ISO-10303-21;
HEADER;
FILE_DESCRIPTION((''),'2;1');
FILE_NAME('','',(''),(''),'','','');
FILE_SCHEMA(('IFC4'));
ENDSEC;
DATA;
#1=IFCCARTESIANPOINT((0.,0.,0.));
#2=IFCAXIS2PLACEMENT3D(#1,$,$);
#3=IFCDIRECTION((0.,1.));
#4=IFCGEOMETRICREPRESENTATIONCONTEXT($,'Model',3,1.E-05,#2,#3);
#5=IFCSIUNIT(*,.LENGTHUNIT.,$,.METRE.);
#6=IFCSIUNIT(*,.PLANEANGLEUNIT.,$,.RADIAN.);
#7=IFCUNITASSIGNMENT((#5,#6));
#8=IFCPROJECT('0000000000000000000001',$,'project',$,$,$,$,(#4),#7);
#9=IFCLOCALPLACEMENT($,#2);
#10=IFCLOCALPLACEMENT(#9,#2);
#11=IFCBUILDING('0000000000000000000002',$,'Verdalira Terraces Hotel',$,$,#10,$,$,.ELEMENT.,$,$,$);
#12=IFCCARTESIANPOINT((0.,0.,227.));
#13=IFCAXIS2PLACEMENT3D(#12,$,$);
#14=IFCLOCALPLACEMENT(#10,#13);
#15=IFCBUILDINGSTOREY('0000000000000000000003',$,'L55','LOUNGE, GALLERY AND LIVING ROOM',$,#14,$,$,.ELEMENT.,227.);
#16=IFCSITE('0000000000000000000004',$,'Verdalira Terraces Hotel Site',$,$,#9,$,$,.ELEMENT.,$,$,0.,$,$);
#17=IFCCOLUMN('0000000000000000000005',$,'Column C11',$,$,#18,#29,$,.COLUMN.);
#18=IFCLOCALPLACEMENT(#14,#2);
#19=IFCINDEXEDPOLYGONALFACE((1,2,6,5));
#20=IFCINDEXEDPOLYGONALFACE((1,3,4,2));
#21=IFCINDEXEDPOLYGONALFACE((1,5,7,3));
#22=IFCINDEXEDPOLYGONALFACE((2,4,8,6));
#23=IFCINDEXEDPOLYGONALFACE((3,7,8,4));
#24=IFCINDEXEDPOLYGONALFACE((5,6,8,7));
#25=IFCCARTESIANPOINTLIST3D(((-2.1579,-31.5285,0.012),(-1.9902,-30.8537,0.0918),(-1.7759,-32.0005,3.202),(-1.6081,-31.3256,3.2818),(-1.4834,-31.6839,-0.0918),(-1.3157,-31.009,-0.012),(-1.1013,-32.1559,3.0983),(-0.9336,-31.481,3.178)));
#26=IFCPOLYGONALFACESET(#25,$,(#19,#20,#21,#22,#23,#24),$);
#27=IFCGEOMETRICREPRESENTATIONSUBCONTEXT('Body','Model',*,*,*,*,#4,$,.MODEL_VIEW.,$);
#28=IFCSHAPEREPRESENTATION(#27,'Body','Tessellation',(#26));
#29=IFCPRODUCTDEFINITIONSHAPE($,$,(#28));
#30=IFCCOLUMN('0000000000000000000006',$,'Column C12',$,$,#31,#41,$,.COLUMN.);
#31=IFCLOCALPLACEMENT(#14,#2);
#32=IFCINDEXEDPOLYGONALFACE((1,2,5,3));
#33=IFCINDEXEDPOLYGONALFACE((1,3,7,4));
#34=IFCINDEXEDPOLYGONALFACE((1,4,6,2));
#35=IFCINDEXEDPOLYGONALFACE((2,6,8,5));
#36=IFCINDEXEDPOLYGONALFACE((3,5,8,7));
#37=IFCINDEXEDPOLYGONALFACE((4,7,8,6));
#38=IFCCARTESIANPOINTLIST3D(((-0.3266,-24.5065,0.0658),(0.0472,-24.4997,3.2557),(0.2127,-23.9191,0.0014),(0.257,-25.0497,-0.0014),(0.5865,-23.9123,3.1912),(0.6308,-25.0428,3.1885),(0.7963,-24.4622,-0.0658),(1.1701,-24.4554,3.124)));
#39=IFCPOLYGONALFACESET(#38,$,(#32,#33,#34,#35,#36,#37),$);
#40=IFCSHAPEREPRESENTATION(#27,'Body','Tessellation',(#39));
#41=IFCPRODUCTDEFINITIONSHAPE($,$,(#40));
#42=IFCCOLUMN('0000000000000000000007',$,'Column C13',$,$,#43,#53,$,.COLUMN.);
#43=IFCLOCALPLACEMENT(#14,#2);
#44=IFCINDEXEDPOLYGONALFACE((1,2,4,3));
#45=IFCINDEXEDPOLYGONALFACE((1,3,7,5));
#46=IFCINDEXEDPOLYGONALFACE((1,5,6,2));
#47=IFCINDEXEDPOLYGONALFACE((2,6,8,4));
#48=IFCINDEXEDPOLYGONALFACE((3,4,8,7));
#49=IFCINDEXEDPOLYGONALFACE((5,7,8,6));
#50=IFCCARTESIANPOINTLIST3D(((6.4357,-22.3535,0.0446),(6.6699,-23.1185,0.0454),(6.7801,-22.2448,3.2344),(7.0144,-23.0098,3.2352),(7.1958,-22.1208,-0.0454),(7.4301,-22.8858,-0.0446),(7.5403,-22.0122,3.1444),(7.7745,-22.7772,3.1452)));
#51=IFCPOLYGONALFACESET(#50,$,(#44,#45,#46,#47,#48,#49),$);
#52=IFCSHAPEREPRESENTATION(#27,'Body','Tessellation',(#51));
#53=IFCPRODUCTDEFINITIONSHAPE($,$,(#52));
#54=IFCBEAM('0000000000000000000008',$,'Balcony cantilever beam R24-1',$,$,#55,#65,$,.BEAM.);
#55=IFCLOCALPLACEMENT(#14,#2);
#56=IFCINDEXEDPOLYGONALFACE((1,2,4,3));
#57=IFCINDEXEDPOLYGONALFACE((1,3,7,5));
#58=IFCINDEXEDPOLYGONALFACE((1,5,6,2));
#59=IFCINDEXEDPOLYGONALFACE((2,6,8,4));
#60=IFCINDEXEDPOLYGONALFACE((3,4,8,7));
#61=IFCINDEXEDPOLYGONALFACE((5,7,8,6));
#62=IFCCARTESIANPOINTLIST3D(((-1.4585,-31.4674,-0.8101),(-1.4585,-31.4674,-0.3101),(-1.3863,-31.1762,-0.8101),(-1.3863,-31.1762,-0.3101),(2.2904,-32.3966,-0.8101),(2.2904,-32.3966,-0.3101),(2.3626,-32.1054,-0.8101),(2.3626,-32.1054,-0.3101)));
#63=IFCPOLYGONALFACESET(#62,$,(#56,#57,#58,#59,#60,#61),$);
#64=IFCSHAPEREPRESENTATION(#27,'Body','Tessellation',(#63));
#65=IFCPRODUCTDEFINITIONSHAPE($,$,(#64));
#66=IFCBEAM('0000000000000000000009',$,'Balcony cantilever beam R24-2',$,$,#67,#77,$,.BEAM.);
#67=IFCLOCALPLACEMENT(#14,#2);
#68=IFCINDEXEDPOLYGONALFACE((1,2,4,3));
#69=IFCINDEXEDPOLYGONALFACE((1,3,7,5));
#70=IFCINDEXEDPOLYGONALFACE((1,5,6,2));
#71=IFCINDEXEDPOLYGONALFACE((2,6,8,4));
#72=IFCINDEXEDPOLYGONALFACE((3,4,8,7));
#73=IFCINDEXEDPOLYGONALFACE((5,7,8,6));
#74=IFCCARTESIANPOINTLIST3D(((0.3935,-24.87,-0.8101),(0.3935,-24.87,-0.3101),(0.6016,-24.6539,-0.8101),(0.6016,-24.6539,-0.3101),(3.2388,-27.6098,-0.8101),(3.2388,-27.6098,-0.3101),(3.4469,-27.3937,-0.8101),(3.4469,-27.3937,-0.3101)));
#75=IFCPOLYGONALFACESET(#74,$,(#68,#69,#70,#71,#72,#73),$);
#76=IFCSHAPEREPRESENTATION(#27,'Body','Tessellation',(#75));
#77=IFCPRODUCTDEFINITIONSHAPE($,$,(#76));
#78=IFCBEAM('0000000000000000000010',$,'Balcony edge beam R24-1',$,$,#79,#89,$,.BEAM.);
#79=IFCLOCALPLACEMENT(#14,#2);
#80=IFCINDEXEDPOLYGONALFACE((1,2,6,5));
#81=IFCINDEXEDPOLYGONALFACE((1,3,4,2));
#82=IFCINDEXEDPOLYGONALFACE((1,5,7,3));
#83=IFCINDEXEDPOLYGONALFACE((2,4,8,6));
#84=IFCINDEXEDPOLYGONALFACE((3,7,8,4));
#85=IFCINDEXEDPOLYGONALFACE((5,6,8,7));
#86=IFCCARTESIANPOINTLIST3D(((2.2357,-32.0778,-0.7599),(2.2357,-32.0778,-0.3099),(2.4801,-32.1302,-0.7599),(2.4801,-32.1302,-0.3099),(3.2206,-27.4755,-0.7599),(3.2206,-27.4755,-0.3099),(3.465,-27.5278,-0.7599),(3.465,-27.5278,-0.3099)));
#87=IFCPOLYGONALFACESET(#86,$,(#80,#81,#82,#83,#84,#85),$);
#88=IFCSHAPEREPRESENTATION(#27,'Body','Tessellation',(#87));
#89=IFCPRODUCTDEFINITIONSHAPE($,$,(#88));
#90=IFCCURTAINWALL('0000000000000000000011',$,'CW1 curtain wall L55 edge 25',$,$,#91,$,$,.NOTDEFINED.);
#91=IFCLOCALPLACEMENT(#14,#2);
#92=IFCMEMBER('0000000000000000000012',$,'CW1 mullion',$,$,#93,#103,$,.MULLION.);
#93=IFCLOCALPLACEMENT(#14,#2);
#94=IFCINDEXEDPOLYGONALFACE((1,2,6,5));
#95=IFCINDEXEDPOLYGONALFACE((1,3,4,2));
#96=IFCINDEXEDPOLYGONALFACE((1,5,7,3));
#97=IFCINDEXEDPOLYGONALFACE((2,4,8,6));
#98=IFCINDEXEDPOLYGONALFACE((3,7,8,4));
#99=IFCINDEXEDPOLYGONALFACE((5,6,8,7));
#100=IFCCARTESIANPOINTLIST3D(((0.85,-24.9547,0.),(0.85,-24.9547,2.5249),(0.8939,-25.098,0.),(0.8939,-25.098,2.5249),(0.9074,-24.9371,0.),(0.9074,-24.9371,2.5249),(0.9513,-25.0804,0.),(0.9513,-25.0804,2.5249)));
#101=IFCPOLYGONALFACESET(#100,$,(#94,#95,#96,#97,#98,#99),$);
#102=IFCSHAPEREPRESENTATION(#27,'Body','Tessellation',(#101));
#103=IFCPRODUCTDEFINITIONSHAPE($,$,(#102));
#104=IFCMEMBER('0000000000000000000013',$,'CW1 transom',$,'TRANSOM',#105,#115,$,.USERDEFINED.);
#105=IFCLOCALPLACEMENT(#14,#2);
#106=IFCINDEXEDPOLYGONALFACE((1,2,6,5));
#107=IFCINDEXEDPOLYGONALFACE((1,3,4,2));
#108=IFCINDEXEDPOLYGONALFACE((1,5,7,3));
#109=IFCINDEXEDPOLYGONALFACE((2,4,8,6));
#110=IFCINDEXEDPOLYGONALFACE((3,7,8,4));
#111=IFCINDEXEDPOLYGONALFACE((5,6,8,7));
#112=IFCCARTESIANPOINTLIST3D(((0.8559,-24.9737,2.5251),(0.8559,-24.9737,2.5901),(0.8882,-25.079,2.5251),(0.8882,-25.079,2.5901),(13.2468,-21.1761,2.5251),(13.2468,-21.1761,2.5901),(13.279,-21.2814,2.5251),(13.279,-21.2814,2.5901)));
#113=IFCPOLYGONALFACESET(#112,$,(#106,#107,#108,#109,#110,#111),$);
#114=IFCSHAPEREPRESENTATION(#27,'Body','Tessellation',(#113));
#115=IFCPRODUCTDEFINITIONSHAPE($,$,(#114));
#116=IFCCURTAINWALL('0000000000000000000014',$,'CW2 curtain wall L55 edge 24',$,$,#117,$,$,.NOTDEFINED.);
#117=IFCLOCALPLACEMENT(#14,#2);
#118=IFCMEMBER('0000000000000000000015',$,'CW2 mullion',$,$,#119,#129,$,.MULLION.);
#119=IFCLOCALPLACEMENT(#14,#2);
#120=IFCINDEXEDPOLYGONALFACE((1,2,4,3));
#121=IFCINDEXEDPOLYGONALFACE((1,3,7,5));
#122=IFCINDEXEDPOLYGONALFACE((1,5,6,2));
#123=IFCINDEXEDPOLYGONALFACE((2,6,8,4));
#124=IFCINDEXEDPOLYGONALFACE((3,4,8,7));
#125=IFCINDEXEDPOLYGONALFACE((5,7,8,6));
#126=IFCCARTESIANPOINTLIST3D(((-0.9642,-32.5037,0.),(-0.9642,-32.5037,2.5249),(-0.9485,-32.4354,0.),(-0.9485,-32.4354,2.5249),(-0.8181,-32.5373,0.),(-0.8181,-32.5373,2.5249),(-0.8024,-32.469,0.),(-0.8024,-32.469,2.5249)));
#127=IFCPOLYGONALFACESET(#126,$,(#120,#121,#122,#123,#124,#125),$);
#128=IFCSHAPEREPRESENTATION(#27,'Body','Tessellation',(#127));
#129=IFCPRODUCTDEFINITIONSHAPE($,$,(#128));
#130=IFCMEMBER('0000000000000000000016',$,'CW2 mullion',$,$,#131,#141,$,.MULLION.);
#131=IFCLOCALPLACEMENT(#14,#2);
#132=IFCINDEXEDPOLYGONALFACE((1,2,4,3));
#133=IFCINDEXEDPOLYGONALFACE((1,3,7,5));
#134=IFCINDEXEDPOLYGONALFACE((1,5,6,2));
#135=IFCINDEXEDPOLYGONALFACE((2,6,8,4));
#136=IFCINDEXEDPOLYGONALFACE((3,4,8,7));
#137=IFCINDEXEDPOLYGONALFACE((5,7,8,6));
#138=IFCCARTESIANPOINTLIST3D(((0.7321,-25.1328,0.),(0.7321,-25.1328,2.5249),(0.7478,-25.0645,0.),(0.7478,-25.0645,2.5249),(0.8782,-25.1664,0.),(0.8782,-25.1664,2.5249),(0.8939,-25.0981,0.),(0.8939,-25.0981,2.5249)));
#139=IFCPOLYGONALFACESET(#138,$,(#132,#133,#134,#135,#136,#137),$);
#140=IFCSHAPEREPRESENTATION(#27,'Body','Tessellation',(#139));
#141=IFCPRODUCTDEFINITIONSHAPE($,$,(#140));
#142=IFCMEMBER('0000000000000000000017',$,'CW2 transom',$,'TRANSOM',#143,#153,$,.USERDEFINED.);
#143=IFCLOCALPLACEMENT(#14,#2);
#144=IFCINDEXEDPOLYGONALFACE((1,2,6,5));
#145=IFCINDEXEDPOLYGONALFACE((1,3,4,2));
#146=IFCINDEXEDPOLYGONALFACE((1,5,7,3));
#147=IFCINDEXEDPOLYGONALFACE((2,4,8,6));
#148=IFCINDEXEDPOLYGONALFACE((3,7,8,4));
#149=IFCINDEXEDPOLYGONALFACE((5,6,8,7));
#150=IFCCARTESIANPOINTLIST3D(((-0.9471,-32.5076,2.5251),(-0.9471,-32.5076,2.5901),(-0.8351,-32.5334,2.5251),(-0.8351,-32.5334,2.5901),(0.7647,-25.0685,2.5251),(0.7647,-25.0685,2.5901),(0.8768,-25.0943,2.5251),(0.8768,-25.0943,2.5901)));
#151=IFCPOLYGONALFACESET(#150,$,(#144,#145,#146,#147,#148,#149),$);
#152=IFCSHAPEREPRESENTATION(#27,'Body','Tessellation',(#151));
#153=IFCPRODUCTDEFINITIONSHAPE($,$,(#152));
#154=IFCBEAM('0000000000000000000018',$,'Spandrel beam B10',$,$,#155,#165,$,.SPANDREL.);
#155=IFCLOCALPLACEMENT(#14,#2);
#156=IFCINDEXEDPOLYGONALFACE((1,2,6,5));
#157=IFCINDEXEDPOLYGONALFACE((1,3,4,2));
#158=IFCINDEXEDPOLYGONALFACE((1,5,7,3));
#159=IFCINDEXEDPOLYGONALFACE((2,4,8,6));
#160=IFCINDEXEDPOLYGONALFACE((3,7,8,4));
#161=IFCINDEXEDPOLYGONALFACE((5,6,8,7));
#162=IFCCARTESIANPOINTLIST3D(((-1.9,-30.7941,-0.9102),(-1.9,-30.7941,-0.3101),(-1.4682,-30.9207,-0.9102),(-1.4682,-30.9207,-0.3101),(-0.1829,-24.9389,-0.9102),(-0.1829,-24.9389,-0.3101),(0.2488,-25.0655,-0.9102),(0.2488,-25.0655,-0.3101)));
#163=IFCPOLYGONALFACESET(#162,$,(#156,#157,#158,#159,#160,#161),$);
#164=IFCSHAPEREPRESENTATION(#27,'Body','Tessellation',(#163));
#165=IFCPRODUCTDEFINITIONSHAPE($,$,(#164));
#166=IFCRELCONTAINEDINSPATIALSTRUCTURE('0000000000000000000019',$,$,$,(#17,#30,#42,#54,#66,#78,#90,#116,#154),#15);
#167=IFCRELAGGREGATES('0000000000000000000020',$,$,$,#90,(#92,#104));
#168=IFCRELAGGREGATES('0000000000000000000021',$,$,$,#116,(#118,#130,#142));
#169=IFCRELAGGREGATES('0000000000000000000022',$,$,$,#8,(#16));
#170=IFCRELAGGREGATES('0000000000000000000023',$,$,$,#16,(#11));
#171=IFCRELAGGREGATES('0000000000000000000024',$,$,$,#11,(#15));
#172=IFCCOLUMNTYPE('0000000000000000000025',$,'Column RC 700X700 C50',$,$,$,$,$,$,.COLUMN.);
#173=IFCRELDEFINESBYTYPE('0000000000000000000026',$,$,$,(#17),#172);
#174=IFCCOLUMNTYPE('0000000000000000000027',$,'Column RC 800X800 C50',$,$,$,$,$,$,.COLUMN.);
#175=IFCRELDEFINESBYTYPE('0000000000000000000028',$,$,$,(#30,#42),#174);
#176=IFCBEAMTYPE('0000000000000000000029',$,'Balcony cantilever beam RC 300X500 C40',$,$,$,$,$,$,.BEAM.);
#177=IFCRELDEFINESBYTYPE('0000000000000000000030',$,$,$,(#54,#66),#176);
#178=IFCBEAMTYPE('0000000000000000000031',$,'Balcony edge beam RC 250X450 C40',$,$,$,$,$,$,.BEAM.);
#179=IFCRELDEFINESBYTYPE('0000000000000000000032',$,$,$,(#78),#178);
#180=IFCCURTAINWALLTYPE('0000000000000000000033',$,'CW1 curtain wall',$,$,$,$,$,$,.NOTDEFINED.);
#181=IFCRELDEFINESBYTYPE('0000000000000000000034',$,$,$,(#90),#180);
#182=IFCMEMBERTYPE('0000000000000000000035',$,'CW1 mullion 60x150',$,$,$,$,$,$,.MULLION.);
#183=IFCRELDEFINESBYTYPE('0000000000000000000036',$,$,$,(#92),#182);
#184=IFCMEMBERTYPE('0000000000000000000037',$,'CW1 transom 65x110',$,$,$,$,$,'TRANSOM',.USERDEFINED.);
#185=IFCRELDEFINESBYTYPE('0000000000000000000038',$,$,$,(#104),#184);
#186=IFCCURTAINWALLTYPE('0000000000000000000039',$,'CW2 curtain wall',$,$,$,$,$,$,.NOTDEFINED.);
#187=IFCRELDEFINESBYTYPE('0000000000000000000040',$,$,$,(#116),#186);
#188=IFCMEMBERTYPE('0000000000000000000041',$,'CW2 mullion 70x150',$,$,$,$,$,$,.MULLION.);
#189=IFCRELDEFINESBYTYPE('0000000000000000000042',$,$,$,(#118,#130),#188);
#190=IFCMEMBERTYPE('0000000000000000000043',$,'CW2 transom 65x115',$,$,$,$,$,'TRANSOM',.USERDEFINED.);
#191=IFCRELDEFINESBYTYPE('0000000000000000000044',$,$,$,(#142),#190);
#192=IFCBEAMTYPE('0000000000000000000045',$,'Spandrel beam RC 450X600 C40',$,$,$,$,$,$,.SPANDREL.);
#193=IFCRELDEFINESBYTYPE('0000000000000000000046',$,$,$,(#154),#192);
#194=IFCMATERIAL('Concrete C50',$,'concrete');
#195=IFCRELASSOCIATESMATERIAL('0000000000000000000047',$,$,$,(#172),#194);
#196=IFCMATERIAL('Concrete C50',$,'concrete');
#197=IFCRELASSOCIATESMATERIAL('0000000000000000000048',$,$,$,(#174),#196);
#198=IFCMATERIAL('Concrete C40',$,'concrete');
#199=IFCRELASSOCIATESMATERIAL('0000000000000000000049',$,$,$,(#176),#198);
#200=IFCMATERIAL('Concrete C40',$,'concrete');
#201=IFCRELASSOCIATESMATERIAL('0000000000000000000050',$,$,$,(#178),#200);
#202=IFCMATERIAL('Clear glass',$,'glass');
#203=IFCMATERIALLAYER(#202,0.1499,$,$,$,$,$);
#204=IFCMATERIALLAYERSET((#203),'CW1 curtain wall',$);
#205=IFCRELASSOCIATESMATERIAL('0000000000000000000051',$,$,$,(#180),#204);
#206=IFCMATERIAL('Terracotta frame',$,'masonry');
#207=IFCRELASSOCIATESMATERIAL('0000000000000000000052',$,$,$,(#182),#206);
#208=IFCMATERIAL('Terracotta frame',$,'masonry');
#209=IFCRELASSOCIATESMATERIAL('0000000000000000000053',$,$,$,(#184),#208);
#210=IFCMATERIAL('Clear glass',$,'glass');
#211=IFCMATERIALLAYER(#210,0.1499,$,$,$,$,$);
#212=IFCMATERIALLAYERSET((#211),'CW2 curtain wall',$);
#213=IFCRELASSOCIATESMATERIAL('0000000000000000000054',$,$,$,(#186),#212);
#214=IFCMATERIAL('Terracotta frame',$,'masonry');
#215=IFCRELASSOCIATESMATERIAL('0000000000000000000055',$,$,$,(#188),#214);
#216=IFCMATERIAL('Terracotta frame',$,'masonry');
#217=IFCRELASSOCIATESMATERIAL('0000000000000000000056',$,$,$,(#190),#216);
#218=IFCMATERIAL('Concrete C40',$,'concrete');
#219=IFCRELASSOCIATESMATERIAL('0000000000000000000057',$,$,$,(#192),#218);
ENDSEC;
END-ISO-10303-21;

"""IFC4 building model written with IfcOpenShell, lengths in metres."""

from ifc_helpers import new_model, si_unit, direction, frame, origin, origin_2d, place, context, subcontext, project, spatial, rectangle, extrude, material, layer, layer_set, material_profile, profile_set, type_object, element, aggregate, save


model = new_model("IFC4")

# Units and contexts
model_context = context("Model", 3, precision=1e-05, world=origin(), true_north=direction((0.0, 1.0)))
body_context = subcontext(model_context, "Body", "Model", "MODEL_VIEW")
ifc_project = project(units=[si_unit("LENGTHUNIT", "METRE"), si_unit("PLANEANGLEUNIT", "RADIAN")], contexts=[model_context])

# Site, building, storey
site_placement = place(None, origin())
site = spatial("IfcSite", under=ifc_project, at=site_placement, Name="Verdalira Terraces Hotel Site", CompositionType="ELEMENT", RefElevation=0.0)
building_placement = place(site_placement, origin())
building = spatial("IfcBuilding", under=site, at=building_placement, Name="Verdalira Terraces Hotel", CompositionType="ELEMENT")
storey_placement = place(building_placement, frame((0.0, 0.0, 227.0)))
storey = spatial("IfcBuildingStorey", under=building, at=storey_placement, Name="L55", Description="LOUNGE, GALLERY AND LIVING ROOM", CompositionType="ELEMENT", Elevation=227.0)

# Columns
ifc_material_1 = material(Name="Concrete C50", Category="concrete")
ifc_material_profile_1 = material_profile(ifc_material_1, rectangle(XDim=0.7, YDim=0.7, at=origin_2d()), Name="RC 700X700")
ifc_profile_set_1 = profile_set([ifc_material_profile_1], Name="Concrete C50")
column_type_1 = type_object("IfcColumnType", Name="Column RC 700X700 C50", PredefinedType="COLUMN", material=ifc_profile_set_1)
column_1_placement = place(storey_placement, frame((-1.7368, -31.2688, 0.0), z_axis=(0.117664, -0.145332, 0.982361), x_axis=(0.239602, 0.964162, 0.113941)))
element("IfcColumn", 1, at=column_1_placement, inside=storey, type_object=column_type_1, Name="Column C11", PredefinedType="COLUMN", context=body_context, shape_type="SweptSolid", body=[
    extrude(rectangle(XDim=0.7, YDim=0.7, at=origin_2d()), origin(), (0.0, 0.0, 1.0), 3.2473),
])
ifc_material_2 = material(Name="Concrete C50", Category="concrete")
ifc_material_profile_2 = material_profile(ifc_material_2, rectangle(XDim=0.8, YDim=0.8, at=origin_2d()), Name="RC 800X800")
ifc_profile_set_2 = profile_set([ifc_material_profile_2], Name="Concrete C50")
column_type_2 = type_object("IfcColumnType", Name="Column RC 800X800 C50", PredefinedType="COLUMN", material=ifc_profile_set_2)
column_2_placement = place(storey_placement, frame((0.2349, -24.4844, 0.0), z_axis=(0.116378, 0.002128, 0.993203), x_axis=(-0.674053, -0.734277, 0.080555)))
element("IfcColumn", 2, at=column_2_placement, inside=storey, type_object=column_type_2, Name="Column C12", PredefinedType="COLUMN", context=body_context, shape_type="SweptSolid", body=[
    extrude(rectangle(XDim=0.8, YDim=0.8, at=origin_2d()), origin(), (0.0, 0.0, 1.0), 3.2117),
])
column_3_placement = place(storey_placement, frame((6.9329, -22.6196, 0.0), z_axis=(0.107304, 0.033842, 0.99365), x_axis=(0.950141, 0.290814, -0.11251)))
element("IfcColumn", 3, at=column_3_placement, inside=storey, type_object=column_type_2, Name="Column C13", PredefinedType="COLUMN", context=body_context, shape_type="SweptSolid", body=[
    extrude(rectangle(XDim=0.8, YDim=0.8, at=origin_2d()), origin(), (0.0, 0.0, 1.0), 3.2102),
])

# Beams
ifc_material_3 = material(Name="Concrete C40", Category="concrete")
ifc_material_profile_3 = material_profile(ifc_material_3, rectangle(XDim=0.3, YDim=0.5, at=origin_2d()), Name="RC 300X500")
ifc_profile_set_3 = profile_set([ifc_material_profile_3], Name="Concrete C40")
beam_type_1 = type_object("IfcBeamType", Name="Balcony cantilever beam RC 300X500 C40", PredefinedType="BEAM", material=ifc_profile_set_3)
beam_1_placement = place(storey_placement, frame((-1.4224, -31.3218, -0.5601), z_axis=(0.970628, -0.240587, 0.0), x_axis=(0.240587, 0.970628, 0.0)))
element("IfcBeam", 4, at=beam_1_placement, inside=storey, type_object=beam_type_1, Name="Balcony cantilever beam R24-1", PredefinedType="BEAM", context=body_context, shape_type="SweptSolid", body=[
    extrude(rectangle(XDim=0.3, YDim=0.5, at=origin_2d()), origin(), (0.0, 0.0, 1.0), 3.8623),
])
beam_2_placement = place(storey_placement, frame((0.4976, -24.762, -0.5601), z_axis=(0.720332, -0.69363, 0.0), x_axis=(0.69363, 0.720332, 0.0)))
element("IfcBeam", 5, at=beam_2_placement, inside=storey, type_object=beam_type_1, Name="Balcony cantilever beam R24-2", PredefinedType="BEAM", context=body_context, shape_type="SweptSolid", body=[
    extrude(rectangle(XDim=0.3, YDim=0.5, at=origin_2d()), origin(), (0.0, 0.0, 1.0), 3.95),
])
ifc_material_4 = material(Name="Concrete C40", Category="concrete")
ifc_material_profile_4 = material_profile(ifc_material_4, rectangle(XDim=0.25, YDim=0.45, at=origin_2d()), Name="RC 250X450")
ifc_profile_set_4 = profile_set([ifc_material_profile_4], Name="Concrete C40")
beam_type_2 = type_object("IfcBeamType", Name="Balcony edge beam RC 250X450 C40", PredefinedType="BEAM", material=ifc_profile_set_4)
beam_3_placement = place(storey_placement, frame((2.3579, -32.104, -0.5349), z_axis=(0.209256, 0.977861, 0.0), x_axis=(-0.977861, 0.209256, 0.0)))
element("IfcBeam", 6, at=beam_3_placement, inside=storey, type_object=beam_type_2, Name="Balcony edge beam R24-1", PredefinedType="BEAM", context=body_context, shape_type="SweptSolid", body=[
    extrude(rectangle(XDim=0.25, YDim=0.45, at=origin_2d()), origin(), (0.0, 0.0, 1.0), 4.7065),
])

# Curtain walls, members
ifc_material_5 = material(Name="Clear glass", Category="glass")
ifc_layer_1 = layer(ifc_material_5, 0.1499)
ifc_layer_set_1 = layer_set([ifc_layer_1], Name="CW1 curtain wall")
curtain_wall_type_1 = type_object("IfcCurtainWallType", Name="CW1 curtain wall", PredefinedType="NOTDEFINED", material=ifc_layer_set_1)
curtain_wall_1_placement = place(storey_placement, origin())
curtain_wall_1 = element("IfcCurtainWall", 7, at=curtain_wall_1_placement, inside=storey, type_object=curtain_wall_type_1, Name="CW1 curtain wall L55 edge 25", PredefinedType="NOTDEFINED")
ifc_material_6 = material(Name="Terracotta frame", Category="masonry")
ifc_material_profile_5 = material_profile(ifc_material_6, rectangle(XDim=0.0601, YDim=0.1499, at=origin_2d()), Name="MU 60x150")
ifc_profile_set_5 = profile_set([ifc_material_profile_5], Name="Terracotta frame")
member_type_1 = type_object("IfcMemberType", Name="CW1 mullion 60x150", PredefinedType="MULLION", material=ifc_profile_set_5)
member_1_placement = place(storey_placement, frame((0.9006, -25.0176, 0.0), z_axis=(0.0, 0.0, 1.0), x_axis=(0.9561, 0.293039, 0.0)))
member_1 = element("IfcMember", 8, at=member_1_placement, type_object=member_type_1, Name="CW1 mullion", PredefinedType="MULLION", context=body_context, shape_type="SweptSolid", body=[
    extrude(rectangle(XDim=0.0601, YDim=0.1499, at=origin_2d()), origin(), (0.0, 0.0, 1.0), 2.5249),
])
ifc_material_7 = material(Name="Terracotta frame", Category="masonry")
ifc_material_profile_6 = material_profile(ifc_material_7, rectangle(XDim=0.1101, YDim=0.0649, at=origin_2d()), Name="TR 65x110")
ifc_profile_set_6 = profile_set([ifc_material_profile_6], Name="Terracotta frame")
member_type_2 = type_object("IfcMemberType", Name="CW1 transom 65x110", ElementType="TRANSOM", PredefinedType="USERDEFINED", material=ifc_profile_set_6)
member_2_placement = place(storey_placement, frame((0.8721, -25.0264, 2.5576), z_axis=(0.956103, 0.293031, 0.0), x_axis=(-0.293031, 0.956103, 0.0)))
member_2 = element("IfcMember", 9, at=member_2_placement, type_object=member_type_2, Name="CW1 transom", ObjectType="TRANSOM", PredefinedType="USERDEFINED", context=body_context, shape_type="SweptSolid", body=[
    extrude(rectangle(XDim=0.1101, YDim=0.0649, at=origin_2d()), origin(), (0.0, 0.0, 1.0), 12.9597),
])
ifc_material_8 = material(Name="Clear glass", Category="glass")
ifc_layer_2 = layer(ifc_material_8, 0.1499)
ifc_layer_set_2 = layer_set([ifc_layer_2], Name="CW2 curtain wall")
curtain_wall_type_2 = type_object("IfcCurtainWallType", Name="CW2 curtain wall", PredefinedType="NOTDEFINED", material=ifc_layer_set_2)
curtain_wall_2_placement = place(storey_placement, origin())
curtain_wall_2 = element("IfcCurtainWall", 10, at=curtain_wall_2_placement, inside=storey, type_object=curtain_wall_type_2, Name="CW2 curtain wall L55 edge 24", PredefinedType="NOTDEFINED")
ifc_material_9 = material(Name="Terracotta frame", Category="masonry")
ifc_material_profile_7 = material_profile(ifc_material_9, rectangle(XDim=0.0701, YDim=0.1499, at=origin_2d()), Name="MU 70x150")
ifc_profile_set_7 = profile_set([ifc_material_profile_7], Name="Terracotta frame")
member_type_3 = type_object("IfcMemberType", Name="CW2 mullion 70x150", PredefinedType="MULLION", material=ifc_profile_set_7)
member_3_placement = place(storey_placement, frame((-0.8833, -32.4863, 0.0), z_axis=(0.0, 0.0, 1.0), x_axis=(0.224271, 0.974527, 0.0)))
member_3 = element("IfcMember", 11, at=member_3_placement, type_object=member_type_3, Name="CW2 mullion", PredefinedType="MULLION", context=body_context, shape_type="SweptSolid", body=[
    extrude(rectangle(XDim=0.0701, YDim=0.1499, at=origin_2d()), origin(), (0.0, 0.0, 1.0), 2.5249),
])
member_4_placement = place(storey_placement, frame((0.813, -25.1155, 0.0), z_axis=(0.0, 0.0, 1.0), x_axis=(0.224271, 0.974527, 0.0)))
member_4 = element("IfcMember", 12, at=member_4_placement, type_object=member_type_3, Name="CW2 mullion", PredefinedType="MULLION", context=body_context, shape_type="SweptSolid", body=[
    extrude(rectangle(XDim=0.0701, YDim=0.1499, at=origin_2d()), origin(), (0.0, 0.0, 1.0), 2.5249),
])
ifc_material_10 = material(Name="Terracotta frame", Category="masonry")
ifc_material_profile_8 = material_profile(ifc_material_10, rectangle(XDim=0.115, YDim=0.0649, at=origin_2d()), Name="TR 65x115")
ifc_profile_set_8 = profile_set([ifc_material_profile_8], Name="Terracotta frame")
member_type_4 = type_object("IfcMemberType", Name="CW2 transom 65x115", ElementType="TRANSOM", PredefinedType="USERDEFINED", material=ifc_profile_set_8)
member_5_placement = place(storey_placement, frame((-0.8911, -32.5205, 2.5576), z_axis=(0.224259, 0.97453, 0.0), x_axis=(-0.97453, 0.224259, 0.0)))
member_5 = element("IfcMember", 13, at=member_5_placement, type_object=member_type_4, Name="CW2 transom", ObjectType="TRANSOM", PredefinedType="USERDEFINED", context=body_context, shape_type="SweptSolid", body=[
    extrude(rectangle(XDim=0.115, YDim=0.0649, at=origin_2d()), origin(), (0.0, 0.0, 1.0), 7.6335),
])

# Beam
ifc_material_11 = material(Name="Concrete C40", Category="concrete")
ifc_material_profile_9 = material_profile(ifc_material_11, rectangle(XDim=0.45, YDim=0.6001, at=origin_2d()), Name="RC 450X600")
ifc_profile_set_9 = profile_set([ifc_material_profile_9], Name="Concrete C40")
beam_type_3 = type_object("IfcBeamType", Name="Spandrel beam RC 450X600 C40", PredefinedType="SPANDREL", material=ifc_profile_set_9)
beam_4_placement = place(storey_placement, frame((-1.6841, -30.8574, -0.6101), z_axis=(0.281399, 0.959591, 0.0), x_axis=(-0.959591, 0.281399, 0.0)))
element("IfcBeam", 14, at=beam_4_placement, inside=storey, type_object=beam_type_3, Name="Spandrel beam B10", PredefinedType="SPANDREL", context=body_context, shape_type="SweptSolid", body=[
    extrude(rectangle(XDim=0.45, YDim=0.6001, at=origin_2d()), origin(), (0.0, 0.0, 1.0), 6.1018),
])

aggregate(curtain_wall_1, [member_1, member_2])
aggregate(curtain_wall_2, [member_3, member_4, member_5])

save(model, "model.ifc")
